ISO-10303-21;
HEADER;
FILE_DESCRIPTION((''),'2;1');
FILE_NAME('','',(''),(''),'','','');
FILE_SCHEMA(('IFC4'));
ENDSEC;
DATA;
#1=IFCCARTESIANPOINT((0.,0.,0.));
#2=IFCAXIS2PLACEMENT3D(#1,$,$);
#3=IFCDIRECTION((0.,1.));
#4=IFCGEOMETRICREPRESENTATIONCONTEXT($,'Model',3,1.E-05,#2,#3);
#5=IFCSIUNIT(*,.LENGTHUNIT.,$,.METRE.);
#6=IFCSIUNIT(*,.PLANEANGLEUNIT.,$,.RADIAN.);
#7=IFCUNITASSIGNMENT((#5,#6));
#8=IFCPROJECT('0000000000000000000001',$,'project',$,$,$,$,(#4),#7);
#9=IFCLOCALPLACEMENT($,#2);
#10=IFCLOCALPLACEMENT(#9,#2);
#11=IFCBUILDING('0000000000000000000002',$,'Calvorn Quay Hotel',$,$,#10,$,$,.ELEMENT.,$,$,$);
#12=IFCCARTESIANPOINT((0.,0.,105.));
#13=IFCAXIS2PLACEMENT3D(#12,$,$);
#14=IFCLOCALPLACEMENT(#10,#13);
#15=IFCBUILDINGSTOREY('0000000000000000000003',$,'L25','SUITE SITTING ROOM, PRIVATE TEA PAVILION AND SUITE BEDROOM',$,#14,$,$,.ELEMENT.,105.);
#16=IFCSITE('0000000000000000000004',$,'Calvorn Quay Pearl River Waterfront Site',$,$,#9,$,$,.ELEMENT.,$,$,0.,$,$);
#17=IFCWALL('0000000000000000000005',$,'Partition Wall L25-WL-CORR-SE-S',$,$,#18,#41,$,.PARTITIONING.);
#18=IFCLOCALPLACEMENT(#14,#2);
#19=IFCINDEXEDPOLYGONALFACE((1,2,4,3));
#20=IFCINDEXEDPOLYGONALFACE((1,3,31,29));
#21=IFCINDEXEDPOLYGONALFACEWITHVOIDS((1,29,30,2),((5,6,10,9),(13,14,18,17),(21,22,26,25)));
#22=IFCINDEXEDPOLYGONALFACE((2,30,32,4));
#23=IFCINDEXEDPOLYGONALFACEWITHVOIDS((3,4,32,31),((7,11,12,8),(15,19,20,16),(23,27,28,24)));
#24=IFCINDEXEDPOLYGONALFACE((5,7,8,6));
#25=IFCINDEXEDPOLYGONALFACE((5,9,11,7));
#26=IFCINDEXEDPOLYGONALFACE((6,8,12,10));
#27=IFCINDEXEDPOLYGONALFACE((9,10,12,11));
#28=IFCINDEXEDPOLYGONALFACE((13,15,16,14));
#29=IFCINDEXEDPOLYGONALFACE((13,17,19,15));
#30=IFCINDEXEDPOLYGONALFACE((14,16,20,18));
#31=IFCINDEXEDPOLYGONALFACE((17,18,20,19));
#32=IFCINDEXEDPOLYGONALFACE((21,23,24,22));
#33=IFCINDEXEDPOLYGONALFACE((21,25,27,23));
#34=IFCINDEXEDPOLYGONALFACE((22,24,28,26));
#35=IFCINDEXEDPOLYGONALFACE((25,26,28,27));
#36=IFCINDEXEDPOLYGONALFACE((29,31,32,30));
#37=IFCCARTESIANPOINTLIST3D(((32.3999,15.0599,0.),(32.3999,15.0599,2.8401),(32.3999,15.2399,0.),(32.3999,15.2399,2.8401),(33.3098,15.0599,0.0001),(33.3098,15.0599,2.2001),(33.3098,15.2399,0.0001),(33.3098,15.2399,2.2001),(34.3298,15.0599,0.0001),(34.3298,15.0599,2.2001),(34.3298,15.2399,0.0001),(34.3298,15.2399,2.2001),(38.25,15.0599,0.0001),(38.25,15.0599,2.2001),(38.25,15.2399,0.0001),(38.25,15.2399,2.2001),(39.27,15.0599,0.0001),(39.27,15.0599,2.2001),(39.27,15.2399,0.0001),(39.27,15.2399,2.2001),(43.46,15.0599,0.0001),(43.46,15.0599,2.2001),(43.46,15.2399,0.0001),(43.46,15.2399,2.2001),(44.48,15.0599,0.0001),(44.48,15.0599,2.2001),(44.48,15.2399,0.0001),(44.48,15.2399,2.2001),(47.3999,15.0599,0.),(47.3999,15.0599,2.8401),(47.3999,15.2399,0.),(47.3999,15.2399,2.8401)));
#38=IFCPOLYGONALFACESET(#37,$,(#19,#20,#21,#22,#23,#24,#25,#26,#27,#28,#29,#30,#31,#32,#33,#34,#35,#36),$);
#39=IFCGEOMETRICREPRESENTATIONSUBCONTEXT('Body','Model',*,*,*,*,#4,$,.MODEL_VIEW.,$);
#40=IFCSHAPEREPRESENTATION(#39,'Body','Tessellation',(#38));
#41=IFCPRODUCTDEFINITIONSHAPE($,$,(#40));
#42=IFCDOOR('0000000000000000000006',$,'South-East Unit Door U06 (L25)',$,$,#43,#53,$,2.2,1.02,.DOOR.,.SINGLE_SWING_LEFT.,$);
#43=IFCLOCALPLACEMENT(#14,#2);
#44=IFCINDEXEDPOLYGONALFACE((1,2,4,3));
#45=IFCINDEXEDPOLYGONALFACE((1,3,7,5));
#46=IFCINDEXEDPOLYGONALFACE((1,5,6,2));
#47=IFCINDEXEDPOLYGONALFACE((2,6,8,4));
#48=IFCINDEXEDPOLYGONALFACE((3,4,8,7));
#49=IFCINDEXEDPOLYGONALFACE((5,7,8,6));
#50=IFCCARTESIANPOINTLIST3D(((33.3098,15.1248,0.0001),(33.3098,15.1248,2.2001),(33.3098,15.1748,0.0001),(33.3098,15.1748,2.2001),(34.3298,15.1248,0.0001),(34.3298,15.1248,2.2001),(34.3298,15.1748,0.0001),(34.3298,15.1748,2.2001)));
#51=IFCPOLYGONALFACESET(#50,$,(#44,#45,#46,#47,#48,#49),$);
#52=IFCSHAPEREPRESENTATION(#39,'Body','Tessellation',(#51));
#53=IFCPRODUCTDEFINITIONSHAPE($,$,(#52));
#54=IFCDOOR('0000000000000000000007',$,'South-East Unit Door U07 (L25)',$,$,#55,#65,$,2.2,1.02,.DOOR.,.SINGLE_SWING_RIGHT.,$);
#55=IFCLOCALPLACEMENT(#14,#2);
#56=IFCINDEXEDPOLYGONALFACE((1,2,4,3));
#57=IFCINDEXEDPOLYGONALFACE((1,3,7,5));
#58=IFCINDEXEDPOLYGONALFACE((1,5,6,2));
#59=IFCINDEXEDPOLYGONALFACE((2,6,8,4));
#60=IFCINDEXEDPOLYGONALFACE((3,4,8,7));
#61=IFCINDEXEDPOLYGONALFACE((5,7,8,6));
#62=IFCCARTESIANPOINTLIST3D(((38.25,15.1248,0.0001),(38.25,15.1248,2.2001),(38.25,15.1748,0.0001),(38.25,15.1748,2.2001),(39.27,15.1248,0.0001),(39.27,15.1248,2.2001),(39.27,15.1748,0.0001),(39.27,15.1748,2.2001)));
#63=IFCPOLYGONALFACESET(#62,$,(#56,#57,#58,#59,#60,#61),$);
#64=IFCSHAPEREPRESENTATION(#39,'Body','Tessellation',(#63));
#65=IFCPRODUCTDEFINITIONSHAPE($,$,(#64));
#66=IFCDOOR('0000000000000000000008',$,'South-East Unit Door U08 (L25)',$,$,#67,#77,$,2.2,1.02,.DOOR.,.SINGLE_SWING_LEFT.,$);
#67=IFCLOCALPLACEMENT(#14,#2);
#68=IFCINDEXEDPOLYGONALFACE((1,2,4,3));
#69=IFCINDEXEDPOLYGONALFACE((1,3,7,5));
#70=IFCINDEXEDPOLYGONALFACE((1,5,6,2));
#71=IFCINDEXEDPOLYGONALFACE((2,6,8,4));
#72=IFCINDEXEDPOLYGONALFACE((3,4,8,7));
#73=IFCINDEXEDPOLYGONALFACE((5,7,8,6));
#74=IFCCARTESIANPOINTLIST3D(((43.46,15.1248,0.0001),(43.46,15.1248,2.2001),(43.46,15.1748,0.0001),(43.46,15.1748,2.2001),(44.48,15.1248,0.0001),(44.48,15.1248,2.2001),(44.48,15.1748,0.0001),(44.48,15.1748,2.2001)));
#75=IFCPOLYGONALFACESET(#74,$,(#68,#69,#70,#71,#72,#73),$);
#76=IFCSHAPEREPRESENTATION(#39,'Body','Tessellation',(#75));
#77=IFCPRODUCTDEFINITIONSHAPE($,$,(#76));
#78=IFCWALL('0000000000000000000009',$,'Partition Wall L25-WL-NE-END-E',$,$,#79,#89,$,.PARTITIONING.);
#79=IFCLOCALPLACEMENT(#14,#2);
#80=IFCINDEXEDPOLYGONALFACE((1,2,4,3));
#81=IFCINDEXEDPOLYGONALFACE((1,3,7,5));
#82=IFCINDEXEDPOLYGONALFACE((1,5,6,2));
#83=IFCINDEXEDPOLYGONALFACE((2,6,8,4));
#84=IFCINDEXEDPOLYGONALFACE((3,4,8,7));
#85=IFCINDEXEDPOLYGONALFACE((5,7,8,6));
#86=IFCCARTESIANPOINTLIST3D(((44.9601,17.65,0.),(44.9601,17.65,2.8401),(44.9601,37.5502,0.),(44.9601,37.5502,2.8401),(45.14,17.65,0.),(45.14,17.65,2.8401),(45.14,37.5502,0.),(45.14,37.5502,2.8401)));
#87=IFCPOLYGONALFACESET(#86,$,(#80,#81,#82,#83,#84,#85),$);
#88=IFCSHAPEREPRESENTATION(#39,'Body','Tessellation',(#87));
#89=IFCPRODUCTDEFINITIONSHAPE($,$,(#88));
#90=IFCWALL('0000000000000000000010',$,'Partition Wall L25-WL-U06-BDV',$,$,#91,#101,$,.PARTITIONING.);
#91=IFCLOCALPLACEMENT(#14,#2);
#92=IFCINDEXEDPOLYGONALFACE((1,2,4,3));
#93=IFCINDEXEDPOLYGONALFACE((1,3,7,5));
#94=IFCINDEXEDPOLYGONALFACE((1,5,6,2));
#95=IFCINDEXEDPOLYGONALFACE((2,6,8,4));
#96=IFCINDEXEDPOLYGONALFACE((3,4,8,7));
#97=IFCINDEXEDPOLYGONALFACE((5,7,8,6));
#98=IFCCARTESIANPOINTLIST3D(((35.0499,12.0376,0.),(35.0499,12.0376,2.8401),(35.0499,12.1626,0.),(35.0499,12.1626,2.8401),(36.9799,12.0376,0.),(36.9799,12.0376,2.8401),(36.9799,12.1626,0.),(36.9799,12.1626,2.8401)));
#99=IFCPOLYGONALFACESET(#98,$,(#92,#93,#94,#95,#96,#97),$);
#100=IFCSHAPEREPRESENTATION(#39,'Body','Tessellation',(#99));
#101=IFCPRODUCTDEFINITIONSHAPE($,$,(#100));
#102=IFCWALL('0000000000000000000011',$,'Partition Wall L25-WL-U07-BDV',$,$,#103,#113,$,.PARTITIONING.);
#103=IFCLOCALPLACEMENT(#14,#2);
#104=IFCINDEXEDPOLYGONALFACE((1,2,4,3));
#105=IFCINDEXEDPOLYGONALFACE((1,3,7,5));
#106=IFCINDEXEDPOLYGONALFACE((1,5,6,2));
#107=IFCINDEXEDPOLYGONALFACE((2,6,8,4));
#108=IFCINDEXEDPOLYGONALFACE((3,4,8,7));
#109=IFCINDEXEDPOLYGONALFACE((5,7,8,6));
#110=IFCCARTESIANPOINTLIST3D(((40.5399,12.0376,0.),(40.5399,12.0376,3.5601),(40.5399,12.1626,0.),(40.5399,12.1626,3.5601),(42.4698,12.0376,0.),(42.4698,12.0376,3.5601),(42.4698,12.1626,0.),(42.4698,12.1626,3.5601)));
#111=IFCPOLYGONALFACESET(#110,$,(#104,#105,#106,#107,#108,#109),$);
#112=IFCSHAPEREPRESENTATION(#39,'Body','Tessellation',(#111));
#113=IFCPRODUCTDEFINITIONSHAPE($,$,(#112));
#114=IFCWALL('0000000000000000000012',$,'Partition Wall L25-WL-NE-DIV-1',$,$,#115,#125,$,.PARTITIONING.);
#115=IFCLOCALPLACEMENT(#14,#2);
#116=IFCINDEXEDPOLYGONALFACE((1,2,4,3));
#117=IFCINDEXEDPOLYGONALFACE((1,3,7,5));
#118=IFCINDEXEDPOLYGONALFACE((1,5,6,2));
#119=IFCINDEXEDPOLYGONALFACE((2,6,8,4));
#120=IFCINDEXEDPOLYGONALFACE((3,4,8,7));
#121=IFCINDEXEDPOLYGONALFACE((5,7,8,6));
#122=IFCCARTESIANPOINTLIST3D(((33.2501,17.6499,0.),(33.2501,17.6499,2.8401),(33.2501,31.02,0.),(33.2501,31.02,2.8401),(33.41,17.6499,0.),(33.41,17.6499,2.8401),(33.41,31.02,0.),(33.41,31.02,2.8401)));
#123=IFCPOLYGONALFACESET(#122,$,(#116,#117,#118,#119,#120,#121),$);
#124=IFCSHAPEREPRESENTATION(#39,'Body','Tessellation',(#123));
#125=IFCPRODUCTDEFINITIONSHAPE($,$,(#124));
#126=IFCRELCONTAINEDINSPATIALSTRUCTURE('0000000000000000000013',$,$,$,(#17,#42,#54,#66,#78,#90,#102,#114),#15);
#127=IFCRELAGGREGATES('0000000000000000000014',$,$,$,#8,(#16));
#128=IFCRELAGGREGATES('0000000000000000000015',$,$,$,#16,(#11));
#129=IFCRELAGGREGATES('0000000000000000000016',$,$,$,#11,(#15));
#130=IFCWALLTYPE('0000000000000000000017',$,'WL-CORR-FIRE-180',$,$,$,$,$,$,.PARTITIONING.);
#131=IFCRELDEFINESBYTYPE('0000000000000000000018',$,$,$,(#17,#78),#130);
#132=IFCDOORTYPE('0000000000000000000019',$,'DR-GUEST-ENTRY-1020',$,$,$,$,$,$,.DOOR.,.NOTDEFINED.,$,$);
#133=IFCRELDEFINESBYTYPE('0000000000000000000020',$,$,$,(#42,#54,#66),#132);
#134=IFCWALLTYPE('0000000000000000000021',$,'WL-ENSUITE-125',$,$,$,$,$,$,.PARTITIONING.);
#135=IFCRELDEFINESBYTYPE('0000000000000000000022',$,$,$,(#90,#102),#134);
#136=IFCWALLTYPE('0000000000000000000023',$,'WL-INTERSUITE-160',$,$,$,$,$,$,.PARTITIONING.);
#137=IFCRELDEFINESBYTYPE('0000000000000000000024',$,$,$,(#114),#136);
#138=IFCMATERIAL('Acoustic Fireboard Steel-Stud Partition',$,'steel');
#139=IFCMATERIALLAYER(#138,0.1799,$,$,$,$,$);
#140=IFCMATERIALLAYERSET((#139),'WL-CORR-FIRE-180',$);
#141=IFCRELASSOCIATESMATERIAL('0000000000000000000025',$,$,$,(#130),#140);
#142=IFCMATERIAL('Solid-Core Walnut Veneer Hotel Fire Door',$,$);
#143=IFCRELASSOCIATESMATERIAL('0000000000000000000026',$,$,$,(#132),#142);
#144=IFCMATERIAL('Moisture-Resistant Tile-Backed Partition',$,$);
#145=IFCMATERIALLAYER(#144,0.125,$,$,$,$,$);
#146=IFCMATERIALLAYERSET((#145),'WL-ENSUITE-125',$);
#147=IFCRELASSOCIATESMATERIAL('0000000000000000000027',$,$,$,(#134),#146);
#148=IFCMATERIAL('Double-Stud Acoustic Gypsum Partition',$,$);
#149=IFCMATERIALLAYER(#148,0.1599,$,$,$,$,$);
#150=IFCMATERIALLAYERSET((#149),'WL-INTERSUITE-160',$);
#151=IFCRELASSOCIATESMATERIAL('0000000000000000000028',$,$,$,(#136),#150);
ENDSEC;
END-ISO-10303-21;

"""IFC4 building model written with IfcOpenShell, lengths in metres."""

from ifc_helpers import new_model, si_unit, direction, frame, frame_2d, origin, place, context, subcontext, project, spatial, rectangle, extrude, material, layer, layer_set, type_object, element, fill, save


model = new_model("IFC4")

# Units and contexts
model_context = context("Model", 3, precision=1e-05, world=origin(), true_north=direction((0.0, 1.0)))
body_context = subcontext(model_context, "Body", "Model", "MODEL_VIEW")
ifc_project = project(units=[si_unit("LENGTHUNIT", "METRE"), si_unit("PLANEANGLEUNIT", "RADIAN")], contexts=[model_context])

# Site, building, storey
site_placement = place(None, origin())
site = spatial("IfcSite", under=ifc_project, at=site_placement, Name="Calvorn Quay Pearl River Waterfront Site", CompositionType="ELEMENT", RefElevation=0.0)
building_placement = place(site_placement, origin())
building = spatial("IfcBuilding", under=site, at=building_placement, Name="Calvorn Quay Hotel", CompositionType="ELEMENT")
storey_placement = place(building_placement, frame((0.0, 0.0, 105.0)))
storey = spatial("IfcBuildingStorey", under=building, at=storey_placement, Name="L25", Description="SUITE SITTING ROOM, PRIVATE TEA PAVILION AND SUITE BEDROOM", CompositionType="ELEMENT", Elevation=105.0)

# Wall, openings, doors
ifc_material_1 = material(Name="Acoustic Fireboard Steel-Stud Partition", Category="steel")
ifc_layer_1 = layer(ifc_material_1, 0.1799)
ifc_layer_set_1 = layer_set([ifc_layer_1], Name="WL-CORR-FIRE-180")
wall_type_1 = type_object("IfcWallType", Name="WL-CORR-FIRE-180", PredefinedType="PARTITIONING", material=ifc_layer_set_1)
wall_1_placement = place(storey_placement, frame((32.3999, 15.1499, 0.0), z_axis=(0.0, 0.0, 1.0), x_axis=(1.0, 0.0, 0.0)))
wall_1 = element("IfcWall", 1, at=wall_1_placement, inside=storey, type_object=wall_type_1, Name="Partition Wall L25-WL-CORR-SE-S", PredefinedType="PARTITIONING", context=body_context, shape_type="SweptSolid", body=[
    extrude(rectangle(XDim=15.0, YDim=0.1799, at=frame_2d((7.5, 0.0))), origin(), (0.0, 0.0, 1.0), 2.8401),
])
opening_1_placement = place(wall_1_placement, frame((0.9099, 0.0, 0.0)))
opening_1 = element("IfcOpeningElement", 2, at=opening_1_placement, cuts=wall_1, PredefinedType="OPENING", context=body_context, shape_type="SweptSolid", body=[
    extrude(rectangle(XDim=1.02, YDim=2.2, at=frame_2d((0.51, 1.1001))), frame((0.0, 0.0999, 0.0), z_axis=(0.0, -1.0, 0.0), x_axis=(1.0, 0.0, 0.0)), (0.0, 0.0, 1.0), 0.2),
])
opening_2_placement = place(wall_1_placement, frame((5.8501, 0.0, 0.0)))
opening_2 = element("IfcOpeningElement", 3, at=opening_2_placement, cuts=wall_1, PredefinedType="OPENING", context=body_context, shape_type="SweptSolid", body=[
    extrude(rectangle(XDim=1.02, YDim=2.2, at=frame_2d((0.51, 1.1001))), frame((0.0, 0.0999, 0.0), z_axis=(0.0, -1.0, 0.0), x_axis=(1.0, 0.0, 0.0)), (0.0, 0.0, 1.0), 0.2),
])
opening_3_placement = place(wall_1_placement, frame((11.0601, 0.0, 0.0)))
opening_3 = element("IfcOpeningElement", 4, at=opening_3_placement, cuts=wall_1, PredefinedType="OPENING", context=body_context, shape_type="SweptSolid", body=[
    extrude(rectangle(XDim=1.02, YDim=2.2, at=frame_2d((0.51, 1.1001))), frame((0.0, 0.0999, 0.0), z_axis=(0.0, -1.0, 0.0), x_axis=(1.0, 0.0, 0.0)), (0.0, 0.0, 1.0), 0.2),
])
ifc_material_2 = material(Name="Solid-Core Walnut Veneer Hotel Fire Door")
door_type = type_object("IfcDoorType", Name="DR-GUEST-ENTRY-1020", OperationType="NOTDEFINED", PredefinedType="DOOR", material=ifc_material_2)
door_1_placement = place(opening_1_placement, origin())
door_1 = element("IfcDoor", 5, at=door_1_placement, inside=storey, type_object=door_type, Name="South-East Unit Door U06 (L25)", OperationType="SINGLE_SWING_LEFT", OverallHeight=2.2, OverallWidth=1.02, PredefinedType="DOOR", context=body_context, shape_type="SweptSolid", body=[
    extrude(rectangle(XDim=1.02, YDim=2.2, at=frame_2d((0.51, 1.1001))), frame((0.0, 0.0249, 0.0), z_axis=(0.0, -1.0, 0.0), x_axis=(1.0, 0.0, 0.0)), (0.0, 0.0, 1.0), 0.05),
])
fill(opening_1, door_1)
door_2_placement = place(opening_2_placement, origin())
door_2 = element("IfcDoor", 6, at=door_2_placement, inside=storey, type_object=door_type, Name="South-East Unit Door U07 (L25)", OperationType="SINGLE_SWING_RIGHT", OverallHeight=2.2, OverallWidth=1.02, PredefinedType="DOOR", context=body_context, shape_type="SweptSolid", body=[
    extrude(rectangle(XDim=1.02, YDim=2.2, at=frame_2d((0.51, 1.1001))), frame((0.0, 0.0249, 0.0), z_axis=(0.0, -1.0, 0.0), x_axis=(1.0, 0.0, 0.0)), (0.0, 0.0, 1.0), 0.05),
])
fill(opening_2, door_2)
door_3_placement = place(opening_3_placement, origin())
door_3 = element("IfcDoor", 7, at=door_3_placement, inside=storey, type_object=door_type, Name="South-East Unit Door U08 (L25)", OperationType="SINGLE_SWING_LEFT", OverallHeight=2.2, OverallWidth=1.02, PredefinedType="DOOR", context=body_context, shape_type="SweptSolid", body=[
    extrude(rectangle(XDim=1.02, YDim=2.2, at=frame_2d((0.51, 1.1001))), frame((0.0, 0.0249, 0.0), z_axis=(0.0, -1.0, 0.0), x_axis=(1.0, 0.0, 0.0)), (0.0, 0.0, 1.0), 0.05),
])
fill(opening_3, door_3)

# Walls
wall_2_placement = place(storey_placement, frame((45.05, 17.6499, 0.0), z_axis=(0.0, 0.0, 1.0), x_axis=(0.0, 1.0, 0.0)))
element("IfcWall", 8, at=wall_2_placement, inside=storey, type_object=wall_type_1, Name="Partition Wall L25-WL-NE-END-E", PredefinedType="PARTITIONING", context=body_context, shape_type="SweptSolid", body=[
    extrude(rectangle(XDim=19.9001, YDim=0.1799, at=frame_2d((9.9502, 0.0))), origin(), (0.0, 0.0, 1.0), 2.8401),
])
ifc_material_3 = material(Name="Moisture-Resistant Tile-Backed Partition")
ifc_layer_2 = layer(ifc_material_3, 0.125)
ifc_layer_set_2 = layer_set([ifc_layer_2], Name="WL-ENSUITE-125")
wall_type_2 = type_object("IfcWallType", Name="WL-ENSUITE-125", PredefinedType="PARTITIONING", material=ifc_layer_set_2)
wall_3_placement = place(storey_placement, frame((35.05, 12.1001, 0.0), z_axis=(0.0, 0.0, 1.0), x_axis=(1.0, 0.0, 0.0)))
element("IfcWall", 9, at=wall_3_placement, inside=storey, type_object=wall_type_2, Name="Partition Wall L25-WL-U06-BDV", PredefinedType="PARTITIONING", context=body_context, shape_type="SweptSolid", body=[
    extrude(rectangle(XDim=1.9299, YDim=0.125, at=frame_2d((0.9648, 0.0))), origin(), (0.0, 0.0, 1.0), 2.8401),
])
wall_4_placement = place(storey_placement, frame((40.54, 12.1001, 0.0), z_axis=(0.0, 0.0, 1.0), x_axis=(1.0, 0.0, 0.0)))
element("IfcWall", 10, at=wall_4_placement, inside=storey, type_object=wall_type_2, Name="Partition Wall L25-WL-U07-BDV", PredefinedType="PARTITIONING", context=body_context, shape_type="SweptSolid", body=[
    extrude(rectangle(XDim=1.9299, YDim=0.125, at=frame_2d((0.9648, 0.0))), origin(), (0.0, 0.0, 1.0), 3.5601),
])
ifc_material_4 = material(Name="Double-Stud Acoustic Gypsum Partition")
ifc_layer_3 = layer(ifc_material_4, 0.1599)
ifc_layer_set_3 = layer_set([ifc_layer_3], Name="WL-INTERSUITE-160")
wall_type_3 = type_object("IfcWallType", Name="WL-INTERSUITE-160", PredefinedType="PARTITIONING", material=ifc_layer_set_3)
wall_5_placement = place(storey_placement, frame((33.3301, 17.6499, 0.0), z_axis=(0.0, 0.0, 1.0), x_axis=(0.0, 1.0, 0.0)))
element("IfcWall", 11, at=wall_5_placement, inside=storey, type_object=wall_type_3, Name="Partition Wall L25-WL-NE-DIV-1", PredefinedType="PARTITIONING", context=body_context, shape_type="SweptSolid", body=[
    extrude(rectangle(XDim=13.3701, YDim=0.1599, at=frame_2d((6.6851, 0.0))), origin(), (0.0, 0.0, 1.0), 2.8401),
])

save(model, "model.ifc")
